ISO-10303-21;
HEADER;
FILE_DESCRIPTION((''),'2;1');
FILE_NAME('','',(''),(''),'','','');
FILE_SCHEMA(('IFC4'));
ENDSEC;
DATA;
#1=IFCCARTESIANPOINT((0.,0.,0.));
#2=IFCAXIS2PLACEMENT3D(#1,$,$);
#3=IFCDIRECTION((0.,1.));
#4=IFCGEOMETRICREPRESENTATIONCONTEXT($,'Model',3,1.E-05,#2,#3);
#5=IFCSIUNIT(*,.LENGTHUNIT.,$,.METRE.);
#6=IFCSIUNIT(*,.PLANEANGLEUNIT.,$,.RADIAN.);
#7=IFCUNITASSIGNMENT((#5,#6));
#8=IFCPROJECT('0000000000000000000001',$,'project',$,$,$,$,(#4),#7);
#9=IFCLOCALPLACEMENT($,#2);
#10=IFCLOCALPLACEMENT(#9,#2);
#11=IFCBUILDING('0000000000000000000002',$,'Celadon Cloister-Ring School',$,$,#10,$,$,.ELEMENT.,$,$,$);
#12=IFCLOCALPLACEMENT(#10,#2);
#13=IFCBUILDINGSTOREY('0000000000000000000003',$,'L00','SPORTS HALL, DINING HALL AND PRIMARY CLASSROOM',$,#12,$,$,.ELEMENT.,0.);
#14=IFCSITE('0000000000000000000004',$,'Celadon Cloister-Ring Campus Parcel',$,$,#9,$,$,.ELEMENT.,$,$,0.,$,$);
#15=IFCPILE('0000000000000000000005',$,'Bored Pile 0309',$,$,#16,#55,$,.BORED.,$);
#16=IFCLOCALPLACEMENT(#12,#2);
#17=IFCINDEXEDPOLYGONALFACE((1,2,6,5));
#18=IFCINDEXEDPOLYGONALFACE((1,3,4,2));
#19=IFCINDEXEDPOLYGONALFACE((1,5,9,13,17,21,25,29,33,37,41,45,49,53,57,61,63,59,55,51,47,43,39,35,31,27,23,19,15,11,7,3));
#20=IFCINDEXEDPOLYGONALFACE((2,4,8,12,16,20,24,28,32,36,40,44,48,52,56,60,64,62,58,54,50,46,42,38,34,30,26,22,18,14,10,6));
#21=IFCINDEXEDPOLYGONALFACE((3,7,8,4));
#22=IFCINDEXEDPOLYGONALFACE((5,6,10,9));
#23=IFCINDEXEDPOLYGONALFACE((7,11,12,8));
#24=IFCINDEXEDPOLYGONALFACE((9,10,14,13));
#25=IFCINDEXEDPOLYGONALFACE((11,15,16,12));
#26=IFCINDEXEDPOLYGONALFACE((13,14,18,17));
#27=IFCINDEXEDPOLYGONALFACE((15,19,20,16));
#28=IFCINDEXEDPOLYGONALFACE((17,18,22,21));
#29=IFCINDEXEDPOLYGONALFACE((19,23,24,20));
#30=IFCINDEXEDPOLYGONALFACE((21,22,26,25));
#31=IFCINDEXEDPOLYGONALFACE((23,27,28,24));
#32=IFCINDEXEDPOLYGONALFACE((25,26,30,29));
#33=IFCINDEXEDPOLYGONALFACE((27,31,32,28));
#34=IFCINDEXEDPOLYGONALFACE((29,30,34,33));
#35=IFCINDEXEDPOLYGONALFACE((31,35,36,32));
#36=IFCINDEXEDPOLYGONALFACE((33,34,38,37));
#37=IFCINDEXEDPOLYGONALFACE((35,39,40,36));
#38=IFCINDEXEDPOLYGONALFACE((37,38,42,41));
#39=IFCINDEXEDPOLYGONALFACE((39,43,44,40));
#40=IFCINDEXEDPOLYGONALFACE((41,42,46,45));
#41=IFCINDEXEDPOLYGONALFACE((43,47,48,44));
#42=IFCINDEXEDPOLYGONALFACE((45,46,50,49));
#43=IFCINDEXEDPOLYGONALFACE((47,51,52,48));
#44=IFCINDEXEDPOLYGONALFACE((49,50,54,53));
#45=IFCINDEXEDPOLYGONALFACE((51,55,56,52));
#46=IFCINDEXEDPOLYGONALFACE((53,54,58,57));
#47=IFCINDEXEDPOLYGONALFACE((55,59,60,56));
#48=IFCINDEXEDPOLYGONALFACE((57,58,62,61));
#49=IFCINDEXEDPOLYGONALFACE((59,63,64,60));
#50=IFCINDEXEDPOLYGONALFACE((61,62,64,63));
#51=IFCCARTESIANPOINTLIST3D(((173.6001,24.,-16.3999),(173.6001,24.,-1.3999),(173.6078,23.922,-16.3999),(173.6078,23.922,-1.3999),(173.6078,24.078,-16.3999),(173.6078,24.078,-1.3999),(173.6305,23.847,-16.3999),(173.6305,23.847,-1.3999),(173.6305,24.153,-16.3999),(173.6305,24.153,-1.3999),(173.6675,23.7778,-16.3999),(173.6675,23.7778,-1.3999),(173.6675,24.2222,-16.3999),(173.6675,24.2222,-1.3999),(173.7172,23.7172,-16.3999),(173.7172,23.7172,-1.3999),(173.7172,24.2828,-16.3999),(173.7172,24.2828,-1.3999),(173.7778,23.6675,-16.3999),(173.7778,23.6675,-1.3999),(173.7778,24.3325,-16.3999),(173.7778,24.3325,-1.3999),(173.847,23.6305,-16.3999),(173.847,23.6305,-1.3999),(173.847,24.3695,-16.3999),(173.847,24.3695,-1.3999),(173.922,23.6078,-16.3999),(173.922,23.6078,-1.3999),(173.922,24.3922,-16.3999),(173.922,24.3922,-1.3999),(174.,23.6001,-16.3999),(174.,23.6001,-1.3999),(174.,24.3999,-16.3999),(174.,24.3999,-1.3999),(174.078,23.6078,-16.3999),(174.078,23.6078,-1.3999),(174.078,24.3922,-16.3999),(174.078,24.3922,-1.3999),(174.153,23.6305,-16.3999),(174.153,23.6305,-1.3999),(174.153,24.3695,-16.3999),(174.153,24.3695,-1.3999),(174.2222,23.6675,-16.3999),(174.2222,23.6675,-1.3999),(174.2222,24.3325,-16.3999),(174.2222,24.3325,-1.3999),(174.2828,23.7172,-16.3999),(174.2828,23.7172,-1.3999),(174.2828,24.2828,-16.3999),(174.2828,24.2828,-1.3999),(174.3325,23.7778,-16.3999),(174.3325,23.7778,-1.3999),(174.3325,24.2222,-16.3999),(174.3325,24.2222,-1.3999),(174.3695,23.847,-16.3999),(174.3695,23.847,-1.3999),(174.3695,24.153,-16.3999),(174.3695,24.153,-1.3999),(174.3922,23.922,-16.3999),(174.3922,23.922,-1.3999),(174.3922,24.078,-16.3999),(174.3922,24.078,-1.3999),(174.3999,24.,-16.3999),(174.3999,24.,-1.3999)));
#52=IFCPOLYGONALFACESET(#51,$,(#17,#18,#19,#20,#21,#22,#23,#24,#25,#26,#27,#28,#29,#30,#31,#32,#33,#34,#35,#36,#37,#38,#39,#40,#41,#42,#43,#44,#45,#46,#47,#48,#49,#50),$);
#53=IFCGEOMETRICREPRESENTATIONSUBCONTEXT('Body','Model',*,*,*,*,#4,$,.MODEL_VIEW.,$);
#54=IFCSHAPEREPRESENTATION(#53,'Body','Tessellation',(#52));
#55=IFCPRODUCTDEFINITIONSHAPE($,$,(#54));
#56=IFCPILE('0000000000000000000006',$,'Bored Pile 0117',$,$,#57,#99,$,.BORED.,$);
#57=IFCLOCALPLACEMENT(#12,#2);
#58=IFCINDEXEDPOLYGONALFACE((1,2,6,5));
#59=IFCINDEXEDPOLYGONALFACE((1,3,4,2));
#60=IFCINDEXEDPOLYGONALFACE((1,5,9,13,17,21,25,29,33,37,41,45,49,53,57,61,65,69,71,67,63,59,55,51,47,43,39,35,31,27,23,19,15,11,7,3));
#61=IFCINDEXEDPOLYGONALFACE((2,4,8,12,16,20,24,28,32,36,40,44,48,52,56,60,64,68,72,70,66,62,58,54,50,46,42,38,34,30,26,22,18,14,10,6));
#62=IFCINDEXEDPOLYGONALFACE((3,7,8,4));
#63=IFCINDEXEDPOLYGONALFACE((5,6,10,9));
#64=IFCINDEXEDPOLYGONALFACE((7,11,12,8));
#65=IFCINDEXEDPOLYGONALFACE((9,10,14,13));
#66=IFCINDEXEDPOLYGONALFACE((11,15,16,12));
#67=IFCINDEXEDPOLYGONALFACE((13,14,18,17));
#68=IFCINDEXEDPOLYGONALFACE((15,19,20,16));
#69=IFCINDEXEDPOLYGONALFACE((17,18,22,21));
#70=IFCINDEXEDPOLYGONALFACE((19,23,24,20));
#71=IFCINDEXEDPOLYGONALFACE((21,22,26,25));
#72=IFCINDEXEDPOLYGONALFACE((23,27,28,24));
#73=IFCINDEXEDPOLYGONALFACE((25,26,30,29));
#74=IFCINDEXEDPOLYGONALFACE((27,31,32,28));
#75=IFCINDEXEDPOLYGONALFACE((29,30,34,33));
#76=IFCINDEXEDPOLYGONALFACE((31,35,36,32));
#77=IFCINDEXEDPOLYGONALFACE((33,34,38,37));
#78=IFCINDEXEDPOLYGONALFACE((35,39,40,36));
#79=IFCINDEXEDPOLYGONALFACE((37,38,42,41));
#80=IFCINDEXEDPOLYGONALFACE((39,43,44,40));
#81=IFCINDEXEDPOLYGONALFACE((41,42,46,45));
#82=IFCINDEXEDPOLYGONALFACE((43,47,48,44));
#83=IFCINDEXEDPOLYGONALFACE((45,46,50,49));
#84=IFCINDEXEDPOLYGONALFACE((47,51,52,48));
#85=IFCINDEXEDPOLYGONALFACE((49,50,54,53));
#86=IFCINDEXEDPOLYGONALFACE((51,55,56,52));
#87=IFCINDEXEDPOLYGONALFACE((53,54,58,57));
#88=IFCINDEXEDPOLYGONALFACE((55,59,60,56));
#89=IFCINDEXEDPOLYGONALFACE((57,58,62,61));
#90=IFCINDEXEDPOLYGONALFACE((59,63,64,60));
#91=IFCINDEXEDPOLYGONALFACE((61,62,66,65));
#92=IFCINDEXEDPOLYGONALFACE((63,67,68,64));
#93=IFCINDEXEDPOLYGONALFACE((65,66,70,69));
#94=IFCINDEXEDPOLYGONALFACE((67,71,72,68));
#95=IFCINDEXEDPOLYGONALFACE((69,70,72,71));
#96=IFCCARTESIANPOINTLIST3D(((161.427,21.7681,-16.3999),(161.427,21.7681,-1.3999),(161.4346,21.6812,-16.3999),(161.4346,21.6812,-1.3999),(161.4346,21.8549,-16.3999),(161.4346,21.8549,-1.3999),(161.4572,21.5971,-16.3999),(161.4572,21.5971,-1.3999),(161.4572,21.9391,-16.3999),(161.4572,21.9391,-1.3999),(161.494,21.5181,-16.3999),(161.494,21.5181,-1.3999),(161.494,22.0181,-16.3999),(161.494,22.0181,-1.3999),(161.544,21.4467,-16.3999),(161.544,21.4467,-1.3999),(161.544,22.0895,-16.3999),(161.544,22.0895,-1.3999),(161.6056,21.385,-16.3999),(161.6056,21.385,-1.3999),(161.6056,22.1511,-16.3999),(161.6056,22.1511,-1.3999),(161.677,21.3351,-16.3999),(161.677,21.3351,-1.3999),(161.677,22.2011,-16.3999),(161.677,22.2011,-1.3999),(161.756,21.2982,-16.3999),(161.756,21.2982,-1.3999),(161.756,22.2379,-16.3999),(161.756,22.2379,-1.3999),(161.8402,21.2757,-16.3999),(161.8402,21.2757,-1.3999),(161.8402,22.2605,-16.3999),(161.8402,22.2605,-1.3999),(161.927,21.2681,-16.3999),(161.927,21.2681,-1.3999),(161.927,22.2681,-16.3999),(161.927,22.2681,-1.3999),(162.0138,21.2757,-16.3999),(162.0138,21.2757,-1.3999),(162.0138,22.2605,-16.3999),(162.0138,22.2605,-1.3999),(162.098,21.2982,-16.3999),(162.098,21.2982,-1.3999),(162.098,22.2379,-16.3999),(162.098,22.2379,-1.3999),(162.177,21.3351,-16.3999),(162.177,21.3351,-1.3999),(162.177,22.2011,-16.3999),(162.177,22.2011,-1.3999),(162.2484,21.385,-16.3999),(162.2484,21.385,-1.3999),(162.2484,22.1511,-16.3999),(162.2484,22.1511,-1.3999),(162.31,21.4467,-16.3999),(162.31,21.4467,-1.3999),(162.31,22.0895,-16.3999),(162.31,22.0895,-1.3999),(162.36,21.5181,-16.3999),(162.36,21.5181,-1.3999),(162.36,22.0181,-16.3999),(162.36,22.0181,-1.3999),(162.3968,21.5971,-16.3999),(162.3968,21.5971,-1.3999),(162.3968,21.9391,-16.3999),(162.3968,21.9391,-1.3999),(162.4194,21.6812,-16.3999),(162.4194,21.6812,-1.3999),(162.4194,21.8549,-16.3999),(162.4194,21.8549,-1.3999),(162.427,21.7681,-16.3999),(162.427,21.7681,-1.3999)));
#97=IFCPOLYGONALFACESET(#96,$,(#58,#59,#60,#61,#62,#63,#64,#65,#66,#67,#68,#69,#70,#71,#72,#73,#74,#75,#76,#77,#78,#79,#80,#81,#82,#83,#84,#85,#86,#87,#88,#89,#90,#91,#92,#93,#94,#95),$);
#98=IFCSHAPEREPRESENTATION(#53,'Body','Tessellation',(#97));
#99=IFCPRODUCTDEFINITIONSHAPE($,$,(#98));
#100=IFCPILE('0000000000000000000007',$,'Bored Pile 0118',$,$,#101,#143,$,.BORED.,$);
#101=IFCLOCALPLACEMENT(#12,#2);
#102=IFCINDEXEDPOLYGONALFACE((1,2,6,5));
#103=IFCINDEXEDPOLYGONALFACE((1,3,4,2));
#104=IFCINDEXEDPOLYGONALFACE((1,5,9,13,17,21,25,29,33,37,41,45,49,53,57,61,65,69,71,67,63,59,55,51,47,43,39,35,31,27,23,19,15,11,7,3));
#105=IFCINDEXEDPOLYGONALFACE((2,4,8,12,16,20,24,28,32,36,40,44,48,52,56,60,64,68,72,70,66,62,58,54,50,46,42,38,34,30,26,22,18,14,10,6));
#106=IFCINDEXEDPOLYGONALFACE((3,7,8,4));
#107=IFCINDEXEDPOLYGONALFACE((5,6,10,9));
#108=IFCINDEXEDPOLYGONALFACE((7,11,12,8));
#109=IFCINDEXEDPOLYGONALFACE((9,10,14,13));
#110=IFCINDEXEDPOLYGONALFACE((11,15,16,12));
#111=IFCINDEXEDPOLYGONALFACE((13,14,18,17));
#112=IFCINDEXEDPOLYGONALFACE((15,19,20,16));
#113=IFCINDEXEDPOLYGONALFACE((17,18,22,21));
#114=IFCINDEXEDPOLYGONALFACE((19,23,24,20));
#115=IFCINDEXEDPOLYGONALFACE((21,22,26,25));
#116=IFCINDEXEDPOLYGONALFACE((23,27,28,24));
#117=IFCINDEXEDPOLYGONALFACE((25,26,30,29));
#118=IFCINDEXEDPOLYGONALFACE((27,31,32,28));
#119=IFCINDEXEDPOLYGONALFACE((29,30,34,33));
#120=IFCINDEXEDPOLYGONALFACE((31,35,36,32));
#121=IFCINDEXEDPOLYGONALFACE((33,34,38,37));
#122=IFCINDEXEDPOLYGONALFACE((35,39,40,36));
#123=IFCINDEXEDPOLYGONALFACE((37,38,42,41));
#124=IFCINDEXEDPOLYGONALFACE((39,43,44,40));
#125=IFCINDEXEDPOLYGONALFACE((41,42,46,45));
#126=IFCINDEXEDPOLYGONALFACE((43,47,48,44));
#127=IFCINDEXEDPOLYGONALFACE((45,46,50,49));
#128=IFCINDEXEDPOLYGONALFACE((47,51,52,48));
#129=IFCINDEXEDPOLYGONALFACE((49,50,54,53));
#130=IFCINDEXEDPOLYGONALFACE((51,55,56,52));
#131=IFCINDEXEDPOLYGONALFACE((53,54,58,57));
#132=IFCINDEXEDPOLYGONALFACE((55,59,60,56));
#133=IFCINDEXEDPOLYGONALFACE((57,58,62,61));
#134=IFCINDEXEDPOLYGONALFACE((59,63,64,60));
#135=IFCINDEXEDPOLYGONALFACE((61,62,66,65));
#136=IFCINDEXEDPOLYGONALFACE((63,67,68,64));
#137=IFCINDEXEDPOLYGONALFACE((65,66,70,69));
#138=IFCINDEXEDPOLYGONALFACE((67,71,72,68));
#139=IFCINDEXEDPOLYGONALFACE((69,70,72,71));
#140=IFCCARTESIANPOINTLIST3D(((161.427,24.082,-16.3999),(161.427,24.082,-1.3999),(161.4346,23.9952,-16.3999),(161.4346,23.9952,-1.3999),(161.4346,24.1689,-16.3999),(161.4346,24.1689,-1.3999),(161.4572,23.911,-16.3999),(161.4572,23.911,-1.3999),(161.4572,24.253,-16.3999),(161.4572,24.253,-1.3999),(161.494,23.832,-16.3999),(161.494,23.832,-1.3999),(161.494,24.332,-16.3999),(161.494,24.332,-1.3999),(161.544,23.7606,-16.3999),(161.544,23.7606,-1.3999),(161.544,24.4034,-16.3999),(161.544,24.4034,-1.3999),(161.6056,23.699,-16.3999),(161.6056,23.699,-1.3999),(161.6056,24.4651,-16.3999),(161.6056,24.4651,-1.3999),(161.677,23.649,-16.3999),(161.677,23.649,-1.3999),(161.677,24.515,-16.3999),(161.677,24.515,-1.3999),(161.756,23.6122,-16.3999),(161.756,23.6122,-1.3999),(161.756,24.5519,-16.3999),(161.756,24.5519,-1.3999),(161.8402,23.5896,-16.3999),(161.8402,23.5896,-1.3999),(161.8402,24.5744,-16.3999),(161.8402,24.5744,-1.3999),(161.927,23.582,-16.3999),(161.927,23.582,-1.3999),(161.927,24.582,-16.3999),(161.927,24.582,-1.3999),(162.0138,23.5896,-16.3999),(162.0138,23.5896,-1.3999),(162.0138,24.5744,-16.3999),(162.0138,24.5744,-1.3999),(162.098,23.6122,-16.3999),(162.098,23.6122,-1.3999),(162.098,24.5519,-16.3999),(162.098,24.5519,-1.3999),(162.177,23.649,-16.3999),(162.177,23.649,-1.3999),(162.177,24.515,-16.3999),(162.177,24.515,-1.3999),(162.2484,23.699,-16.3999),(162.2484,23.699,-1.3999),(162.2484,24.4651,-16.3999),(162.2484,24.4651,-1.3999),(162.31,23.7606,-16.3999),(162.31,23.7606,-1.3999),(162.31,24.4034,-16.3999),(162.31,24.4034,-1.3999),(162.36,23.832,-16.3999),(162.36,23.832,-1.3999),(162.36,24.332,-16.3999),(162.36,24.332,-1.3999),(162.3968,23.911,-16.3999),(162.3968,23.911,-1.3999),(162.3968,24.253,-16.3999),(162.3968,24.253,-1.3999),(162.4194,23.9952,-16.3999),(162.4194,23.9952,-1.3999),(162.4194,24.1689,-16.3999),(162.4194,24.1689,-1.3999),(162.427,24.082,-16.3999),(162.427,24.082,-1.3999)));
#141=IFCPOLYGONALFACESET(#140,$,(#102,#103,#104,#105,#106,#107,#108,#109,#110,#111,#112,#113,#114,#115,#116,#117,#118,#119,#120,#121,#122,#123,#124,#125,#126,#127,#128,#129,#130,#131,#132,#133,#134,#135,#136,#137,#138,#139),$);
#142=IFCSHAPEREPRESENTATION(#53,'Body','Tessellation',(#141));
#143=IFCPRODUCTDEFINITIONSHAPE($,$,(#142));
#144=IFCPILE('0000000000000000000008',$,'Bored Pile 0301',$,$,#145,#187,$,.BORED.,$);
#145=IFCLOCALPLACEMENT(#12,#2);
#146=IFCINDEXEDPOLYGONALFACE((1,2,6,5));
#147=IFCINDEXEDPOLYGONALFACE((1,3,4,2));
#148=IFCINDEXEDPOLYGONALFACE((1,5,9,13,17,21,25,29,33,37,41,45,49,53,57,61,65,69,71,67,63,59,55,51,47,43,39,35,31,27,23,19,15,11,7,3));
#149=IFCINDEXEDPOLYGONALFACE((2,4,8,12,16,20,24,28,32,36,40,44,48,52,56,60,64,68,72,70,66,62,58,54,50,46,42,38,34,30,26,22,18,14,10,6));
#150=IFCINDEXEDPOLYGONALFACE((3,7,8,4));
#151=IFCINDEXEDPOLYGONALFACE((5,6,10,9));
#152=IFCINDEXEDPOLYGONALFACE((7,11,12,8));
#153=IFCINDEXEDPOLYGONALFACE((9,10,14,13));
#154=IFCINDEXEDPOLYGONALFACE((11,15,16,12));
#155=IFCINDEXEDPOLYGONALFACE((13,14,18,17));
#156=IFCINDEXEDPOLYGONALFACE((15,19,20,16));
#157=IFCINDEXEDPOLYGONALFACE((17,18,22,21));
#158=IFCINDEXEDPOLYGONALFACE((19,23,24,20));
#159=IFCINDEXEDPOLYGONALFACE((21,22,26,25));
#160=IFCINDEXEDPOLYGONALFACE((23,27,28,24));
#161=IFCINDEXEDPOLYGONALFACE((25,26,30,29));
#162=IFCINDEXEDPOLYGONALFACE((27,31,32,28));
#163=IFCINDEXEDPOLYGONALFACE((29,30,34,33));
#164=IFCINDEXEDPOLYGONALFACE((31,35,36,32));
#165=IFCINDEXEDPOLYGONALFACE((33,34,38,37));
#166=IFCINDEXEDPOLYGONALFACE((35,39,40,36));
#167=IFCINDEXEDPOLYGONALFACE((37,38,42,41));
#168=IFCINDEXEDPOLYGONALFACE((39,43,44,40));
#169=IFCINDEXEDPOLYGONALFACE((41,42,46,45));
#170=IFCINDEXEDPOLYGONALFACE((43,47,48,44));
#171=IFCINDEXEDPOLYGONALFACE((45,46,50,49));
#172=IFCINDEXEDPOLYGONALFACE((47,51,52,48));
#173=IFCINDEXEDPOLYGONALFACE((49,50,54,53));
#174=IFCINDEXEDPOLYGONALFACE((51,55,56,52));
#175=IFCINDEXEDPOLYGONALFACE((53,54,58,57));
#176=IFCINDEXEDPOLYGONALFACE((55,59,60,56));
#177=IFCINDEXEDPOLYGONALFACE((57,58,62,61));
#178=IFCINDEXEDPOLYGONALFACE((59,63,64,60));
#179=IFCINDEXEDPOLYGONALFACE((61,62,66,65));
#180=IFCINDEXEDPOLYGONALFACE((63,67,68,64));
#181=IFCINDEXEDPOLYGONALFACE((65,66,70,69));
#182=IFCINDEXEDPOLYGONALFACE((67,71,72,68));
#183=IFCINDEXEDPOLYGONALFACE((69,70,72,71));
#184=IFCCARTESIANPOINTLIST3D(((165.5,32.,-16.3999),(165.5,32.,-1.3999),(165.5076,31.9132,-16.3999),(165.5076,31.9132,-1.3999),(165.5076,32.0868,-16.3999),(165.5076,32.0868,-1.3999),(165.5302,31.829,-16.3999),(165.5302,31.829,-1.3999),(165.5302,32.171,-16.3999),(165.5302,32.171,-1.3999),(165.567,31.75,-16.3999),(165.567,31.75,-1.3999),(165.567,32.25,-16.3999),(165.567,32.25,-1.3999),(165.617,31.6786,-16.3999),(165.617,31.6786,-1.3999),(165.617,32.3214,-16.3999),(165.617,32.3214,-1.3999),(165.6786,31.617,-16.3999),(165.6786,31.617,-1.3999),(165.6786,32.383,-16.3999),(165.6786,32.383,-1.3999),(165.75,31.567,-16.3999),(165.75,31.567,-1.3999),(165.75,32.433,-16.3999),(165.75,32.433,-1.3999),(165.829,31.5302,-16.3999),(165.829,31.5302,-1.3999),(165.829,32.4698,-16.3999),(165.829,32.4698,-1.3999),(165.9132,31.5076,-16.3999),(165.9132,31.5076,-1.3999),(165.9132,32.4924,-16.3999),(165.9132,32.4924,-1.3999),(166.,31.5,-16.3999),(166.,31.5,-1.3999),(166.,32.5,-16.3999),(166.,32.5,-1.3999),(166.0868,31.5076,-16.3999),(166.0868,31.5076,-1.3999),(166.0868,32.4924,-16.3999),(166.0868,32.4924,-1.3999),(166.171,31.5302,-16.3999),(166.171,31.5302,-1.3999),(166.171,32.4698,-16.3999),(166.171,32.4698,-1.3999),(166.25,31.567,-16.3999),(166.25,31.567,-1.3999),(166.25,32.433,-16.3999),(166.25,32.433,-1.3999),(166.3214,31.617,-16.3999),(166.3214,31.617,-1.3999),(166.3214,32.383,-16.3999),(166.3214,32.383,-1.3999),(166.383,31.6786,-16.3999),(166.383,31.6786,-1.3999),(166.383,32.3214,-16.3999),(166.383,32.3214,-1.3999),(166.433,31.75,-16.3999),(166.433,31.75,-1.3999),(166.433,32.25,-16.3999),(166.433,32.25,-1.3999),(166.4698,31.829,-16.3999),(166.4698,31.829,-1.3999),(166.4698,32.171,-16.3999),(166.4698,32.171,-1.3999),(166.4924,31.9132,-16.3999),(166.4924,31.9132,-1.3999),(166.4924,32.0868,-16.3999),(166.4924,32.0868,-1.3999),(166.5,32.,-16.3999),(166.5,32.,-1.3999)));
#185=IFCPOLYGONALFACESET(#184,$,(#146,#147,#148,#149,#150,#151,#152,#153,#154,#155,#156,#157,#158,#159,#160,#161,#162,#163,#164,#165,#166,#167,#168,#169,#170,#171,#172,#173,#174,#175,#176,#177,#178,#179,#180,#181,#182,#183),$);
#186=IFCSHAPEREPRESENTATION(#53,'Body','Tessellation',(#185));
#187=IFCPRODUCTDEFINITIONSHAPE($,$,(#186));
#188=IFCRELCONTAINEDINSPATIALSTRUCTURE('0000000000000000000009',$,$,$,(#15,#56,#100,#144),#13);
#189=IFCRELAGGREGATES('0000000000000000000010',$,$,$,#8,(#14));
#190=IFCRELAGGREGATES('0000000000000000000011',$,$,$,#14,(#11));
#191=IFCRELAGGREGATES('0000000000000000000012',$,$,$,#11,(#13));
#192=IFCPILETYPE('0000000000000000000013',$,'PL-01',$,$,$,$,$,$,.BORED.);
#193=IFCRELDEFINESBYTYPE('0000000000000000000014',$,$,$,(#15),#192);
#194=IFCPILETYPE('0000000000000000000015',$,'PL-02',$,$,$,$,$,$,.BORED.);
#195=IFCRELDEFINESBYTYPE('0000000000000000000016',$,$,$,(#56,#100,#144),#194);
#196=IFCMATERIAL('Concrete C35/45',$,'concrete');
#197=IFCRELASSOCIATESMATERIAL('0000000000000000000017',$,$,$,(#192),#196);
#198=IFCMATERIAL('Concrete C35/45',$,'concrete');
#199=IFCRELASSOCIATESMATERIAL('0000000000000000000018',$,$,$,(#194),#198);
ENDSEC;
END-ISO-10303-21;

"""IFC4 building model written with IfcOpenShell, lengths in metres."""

from ifc_helpers import new_model, si_unit, direction, frame, origin, origin_2d, place, context, subcontext, project, spatial, circle, extrude, material, material_profile, profile_set, type_object, element, save


model = new_model("IFC4")

# Units and contexts
model_context = context("Model", 3, precision=1e-05, world=origin(), true_north=direction((0.0, 1.0)))
body_context = subcontext(model_context, "Body", "Model", "MODEL_VIEW")
ifc_project = project(units=[si_unit("LENGTHUNIT", "METRE"), si_unit("PLANEANGLEUNIT", "RADIAN")], contexts=[model_context])

# Site, building, storey
site_placement = place(None, origin())
site = spatial("IfcSite", under=ifc_project, at=site_placement, Name="Celadon Cloister-Ring Campus Parcel", CompositionType="ELEMENT", RefElevation=0.0)
building_placement = place(site_placement, origin())
building = spatial("IfcBuilding", under=site, at=building_placement, Name="Celadon Cloister-Ring School", CompositionType="ELEMENT")
storey_placement = place(building_placement, origin())
storey = spatial("IfcBuildingStorey", under=building, at=storey_placement, Name="L00", Description="SPORTS HALL, DINING HALL AND PRIMARY CLASSROOM", CompositionType="ELEMENT", Elevation=0.0)

# Piles
ifc_material_1 = material(Name="Concrete C35/45", Category="concrete")
ifc_material_profile_1 = material_profile(ifc_material_1, circle(Radius=0.3999, at=origin_2d()), Name="PILE800")
ifc_profile_set_1 = profile_set([ifc_material_profile_1], Name="Concrete C35/45")
pile_type_1 = type_object("IfcPileType", Name="PL-01", PredefinedType="BORED", material=ifc_profile_set_1)
for number, where, z_axis, x_axis, name in (
    (1, (174.0, 24.0, -1.3999), (0.0, 0.0, -1.0), (1.0, 0.0, 0.0), "Bored Pile 0309"),
):
    element("IfcPile", number, at=place(storey_placement, frame(where, z_axis=z_axis, x_axis=x_axis)), inside=storey, type_object=pile_type_1, Name=name, PredefinedType="BORED", context=body_context, shape_type="SweptSolid", body=[
        extrude(circle(Radius=0.3999, at=origin_2d()), origin(), (0.0, 0.0, 1.0), 15.0),
    ])
ifc_material_2 = material(Name="Concrete C35/45", Category="concrete")
ifc_material_profile_2 = material_profile(ifc_material_2, circle(Radius=0.5, at=origin_2d()), Name="PILE1000")
ifc_profile_set_2 = profile_set([ifc_material_profile_2], Name="Concrete C35/45")
pile_type_2 = type_object("IfcPileType", Name="PL-02", PredefinedType="BORED", material=ifc_profile_set_2)
for number, where, z_axis, x_axis, name in (
    (2, (161.927, 21.7681, -1.3999), (0.0, 0.0, -1.0), (1.0, 0.0, 0.0), "Bored Pile 0117"),
    (3, (161.927, 24.082, -1.3999), (0.0, 0.0, -1.0), (1.0, 0.0, 0.0), "Bored Pile 0118"),
    (4, (166.0, 32.0, -1.3999), (0.0, 0.0, -1.0), (1.0, 0.0, 0.0), "Bored Pile 0301"),
):
    element("IfcPile", number, at=place(storey_placement, frame(where, z_axis=z_axis, x_axis=x_axis)), inside=storey, type_object=pile_type_2, Name=name, PredefinedType="BORED", context=body_context, shape_type="SweptSolid", body=[
        extrude(circle(Radius=0.5, at=origin_2d()), origin(), (0.0, 0.0, 1.0), 15.0),
    ])

save(model, "model.ifc")
